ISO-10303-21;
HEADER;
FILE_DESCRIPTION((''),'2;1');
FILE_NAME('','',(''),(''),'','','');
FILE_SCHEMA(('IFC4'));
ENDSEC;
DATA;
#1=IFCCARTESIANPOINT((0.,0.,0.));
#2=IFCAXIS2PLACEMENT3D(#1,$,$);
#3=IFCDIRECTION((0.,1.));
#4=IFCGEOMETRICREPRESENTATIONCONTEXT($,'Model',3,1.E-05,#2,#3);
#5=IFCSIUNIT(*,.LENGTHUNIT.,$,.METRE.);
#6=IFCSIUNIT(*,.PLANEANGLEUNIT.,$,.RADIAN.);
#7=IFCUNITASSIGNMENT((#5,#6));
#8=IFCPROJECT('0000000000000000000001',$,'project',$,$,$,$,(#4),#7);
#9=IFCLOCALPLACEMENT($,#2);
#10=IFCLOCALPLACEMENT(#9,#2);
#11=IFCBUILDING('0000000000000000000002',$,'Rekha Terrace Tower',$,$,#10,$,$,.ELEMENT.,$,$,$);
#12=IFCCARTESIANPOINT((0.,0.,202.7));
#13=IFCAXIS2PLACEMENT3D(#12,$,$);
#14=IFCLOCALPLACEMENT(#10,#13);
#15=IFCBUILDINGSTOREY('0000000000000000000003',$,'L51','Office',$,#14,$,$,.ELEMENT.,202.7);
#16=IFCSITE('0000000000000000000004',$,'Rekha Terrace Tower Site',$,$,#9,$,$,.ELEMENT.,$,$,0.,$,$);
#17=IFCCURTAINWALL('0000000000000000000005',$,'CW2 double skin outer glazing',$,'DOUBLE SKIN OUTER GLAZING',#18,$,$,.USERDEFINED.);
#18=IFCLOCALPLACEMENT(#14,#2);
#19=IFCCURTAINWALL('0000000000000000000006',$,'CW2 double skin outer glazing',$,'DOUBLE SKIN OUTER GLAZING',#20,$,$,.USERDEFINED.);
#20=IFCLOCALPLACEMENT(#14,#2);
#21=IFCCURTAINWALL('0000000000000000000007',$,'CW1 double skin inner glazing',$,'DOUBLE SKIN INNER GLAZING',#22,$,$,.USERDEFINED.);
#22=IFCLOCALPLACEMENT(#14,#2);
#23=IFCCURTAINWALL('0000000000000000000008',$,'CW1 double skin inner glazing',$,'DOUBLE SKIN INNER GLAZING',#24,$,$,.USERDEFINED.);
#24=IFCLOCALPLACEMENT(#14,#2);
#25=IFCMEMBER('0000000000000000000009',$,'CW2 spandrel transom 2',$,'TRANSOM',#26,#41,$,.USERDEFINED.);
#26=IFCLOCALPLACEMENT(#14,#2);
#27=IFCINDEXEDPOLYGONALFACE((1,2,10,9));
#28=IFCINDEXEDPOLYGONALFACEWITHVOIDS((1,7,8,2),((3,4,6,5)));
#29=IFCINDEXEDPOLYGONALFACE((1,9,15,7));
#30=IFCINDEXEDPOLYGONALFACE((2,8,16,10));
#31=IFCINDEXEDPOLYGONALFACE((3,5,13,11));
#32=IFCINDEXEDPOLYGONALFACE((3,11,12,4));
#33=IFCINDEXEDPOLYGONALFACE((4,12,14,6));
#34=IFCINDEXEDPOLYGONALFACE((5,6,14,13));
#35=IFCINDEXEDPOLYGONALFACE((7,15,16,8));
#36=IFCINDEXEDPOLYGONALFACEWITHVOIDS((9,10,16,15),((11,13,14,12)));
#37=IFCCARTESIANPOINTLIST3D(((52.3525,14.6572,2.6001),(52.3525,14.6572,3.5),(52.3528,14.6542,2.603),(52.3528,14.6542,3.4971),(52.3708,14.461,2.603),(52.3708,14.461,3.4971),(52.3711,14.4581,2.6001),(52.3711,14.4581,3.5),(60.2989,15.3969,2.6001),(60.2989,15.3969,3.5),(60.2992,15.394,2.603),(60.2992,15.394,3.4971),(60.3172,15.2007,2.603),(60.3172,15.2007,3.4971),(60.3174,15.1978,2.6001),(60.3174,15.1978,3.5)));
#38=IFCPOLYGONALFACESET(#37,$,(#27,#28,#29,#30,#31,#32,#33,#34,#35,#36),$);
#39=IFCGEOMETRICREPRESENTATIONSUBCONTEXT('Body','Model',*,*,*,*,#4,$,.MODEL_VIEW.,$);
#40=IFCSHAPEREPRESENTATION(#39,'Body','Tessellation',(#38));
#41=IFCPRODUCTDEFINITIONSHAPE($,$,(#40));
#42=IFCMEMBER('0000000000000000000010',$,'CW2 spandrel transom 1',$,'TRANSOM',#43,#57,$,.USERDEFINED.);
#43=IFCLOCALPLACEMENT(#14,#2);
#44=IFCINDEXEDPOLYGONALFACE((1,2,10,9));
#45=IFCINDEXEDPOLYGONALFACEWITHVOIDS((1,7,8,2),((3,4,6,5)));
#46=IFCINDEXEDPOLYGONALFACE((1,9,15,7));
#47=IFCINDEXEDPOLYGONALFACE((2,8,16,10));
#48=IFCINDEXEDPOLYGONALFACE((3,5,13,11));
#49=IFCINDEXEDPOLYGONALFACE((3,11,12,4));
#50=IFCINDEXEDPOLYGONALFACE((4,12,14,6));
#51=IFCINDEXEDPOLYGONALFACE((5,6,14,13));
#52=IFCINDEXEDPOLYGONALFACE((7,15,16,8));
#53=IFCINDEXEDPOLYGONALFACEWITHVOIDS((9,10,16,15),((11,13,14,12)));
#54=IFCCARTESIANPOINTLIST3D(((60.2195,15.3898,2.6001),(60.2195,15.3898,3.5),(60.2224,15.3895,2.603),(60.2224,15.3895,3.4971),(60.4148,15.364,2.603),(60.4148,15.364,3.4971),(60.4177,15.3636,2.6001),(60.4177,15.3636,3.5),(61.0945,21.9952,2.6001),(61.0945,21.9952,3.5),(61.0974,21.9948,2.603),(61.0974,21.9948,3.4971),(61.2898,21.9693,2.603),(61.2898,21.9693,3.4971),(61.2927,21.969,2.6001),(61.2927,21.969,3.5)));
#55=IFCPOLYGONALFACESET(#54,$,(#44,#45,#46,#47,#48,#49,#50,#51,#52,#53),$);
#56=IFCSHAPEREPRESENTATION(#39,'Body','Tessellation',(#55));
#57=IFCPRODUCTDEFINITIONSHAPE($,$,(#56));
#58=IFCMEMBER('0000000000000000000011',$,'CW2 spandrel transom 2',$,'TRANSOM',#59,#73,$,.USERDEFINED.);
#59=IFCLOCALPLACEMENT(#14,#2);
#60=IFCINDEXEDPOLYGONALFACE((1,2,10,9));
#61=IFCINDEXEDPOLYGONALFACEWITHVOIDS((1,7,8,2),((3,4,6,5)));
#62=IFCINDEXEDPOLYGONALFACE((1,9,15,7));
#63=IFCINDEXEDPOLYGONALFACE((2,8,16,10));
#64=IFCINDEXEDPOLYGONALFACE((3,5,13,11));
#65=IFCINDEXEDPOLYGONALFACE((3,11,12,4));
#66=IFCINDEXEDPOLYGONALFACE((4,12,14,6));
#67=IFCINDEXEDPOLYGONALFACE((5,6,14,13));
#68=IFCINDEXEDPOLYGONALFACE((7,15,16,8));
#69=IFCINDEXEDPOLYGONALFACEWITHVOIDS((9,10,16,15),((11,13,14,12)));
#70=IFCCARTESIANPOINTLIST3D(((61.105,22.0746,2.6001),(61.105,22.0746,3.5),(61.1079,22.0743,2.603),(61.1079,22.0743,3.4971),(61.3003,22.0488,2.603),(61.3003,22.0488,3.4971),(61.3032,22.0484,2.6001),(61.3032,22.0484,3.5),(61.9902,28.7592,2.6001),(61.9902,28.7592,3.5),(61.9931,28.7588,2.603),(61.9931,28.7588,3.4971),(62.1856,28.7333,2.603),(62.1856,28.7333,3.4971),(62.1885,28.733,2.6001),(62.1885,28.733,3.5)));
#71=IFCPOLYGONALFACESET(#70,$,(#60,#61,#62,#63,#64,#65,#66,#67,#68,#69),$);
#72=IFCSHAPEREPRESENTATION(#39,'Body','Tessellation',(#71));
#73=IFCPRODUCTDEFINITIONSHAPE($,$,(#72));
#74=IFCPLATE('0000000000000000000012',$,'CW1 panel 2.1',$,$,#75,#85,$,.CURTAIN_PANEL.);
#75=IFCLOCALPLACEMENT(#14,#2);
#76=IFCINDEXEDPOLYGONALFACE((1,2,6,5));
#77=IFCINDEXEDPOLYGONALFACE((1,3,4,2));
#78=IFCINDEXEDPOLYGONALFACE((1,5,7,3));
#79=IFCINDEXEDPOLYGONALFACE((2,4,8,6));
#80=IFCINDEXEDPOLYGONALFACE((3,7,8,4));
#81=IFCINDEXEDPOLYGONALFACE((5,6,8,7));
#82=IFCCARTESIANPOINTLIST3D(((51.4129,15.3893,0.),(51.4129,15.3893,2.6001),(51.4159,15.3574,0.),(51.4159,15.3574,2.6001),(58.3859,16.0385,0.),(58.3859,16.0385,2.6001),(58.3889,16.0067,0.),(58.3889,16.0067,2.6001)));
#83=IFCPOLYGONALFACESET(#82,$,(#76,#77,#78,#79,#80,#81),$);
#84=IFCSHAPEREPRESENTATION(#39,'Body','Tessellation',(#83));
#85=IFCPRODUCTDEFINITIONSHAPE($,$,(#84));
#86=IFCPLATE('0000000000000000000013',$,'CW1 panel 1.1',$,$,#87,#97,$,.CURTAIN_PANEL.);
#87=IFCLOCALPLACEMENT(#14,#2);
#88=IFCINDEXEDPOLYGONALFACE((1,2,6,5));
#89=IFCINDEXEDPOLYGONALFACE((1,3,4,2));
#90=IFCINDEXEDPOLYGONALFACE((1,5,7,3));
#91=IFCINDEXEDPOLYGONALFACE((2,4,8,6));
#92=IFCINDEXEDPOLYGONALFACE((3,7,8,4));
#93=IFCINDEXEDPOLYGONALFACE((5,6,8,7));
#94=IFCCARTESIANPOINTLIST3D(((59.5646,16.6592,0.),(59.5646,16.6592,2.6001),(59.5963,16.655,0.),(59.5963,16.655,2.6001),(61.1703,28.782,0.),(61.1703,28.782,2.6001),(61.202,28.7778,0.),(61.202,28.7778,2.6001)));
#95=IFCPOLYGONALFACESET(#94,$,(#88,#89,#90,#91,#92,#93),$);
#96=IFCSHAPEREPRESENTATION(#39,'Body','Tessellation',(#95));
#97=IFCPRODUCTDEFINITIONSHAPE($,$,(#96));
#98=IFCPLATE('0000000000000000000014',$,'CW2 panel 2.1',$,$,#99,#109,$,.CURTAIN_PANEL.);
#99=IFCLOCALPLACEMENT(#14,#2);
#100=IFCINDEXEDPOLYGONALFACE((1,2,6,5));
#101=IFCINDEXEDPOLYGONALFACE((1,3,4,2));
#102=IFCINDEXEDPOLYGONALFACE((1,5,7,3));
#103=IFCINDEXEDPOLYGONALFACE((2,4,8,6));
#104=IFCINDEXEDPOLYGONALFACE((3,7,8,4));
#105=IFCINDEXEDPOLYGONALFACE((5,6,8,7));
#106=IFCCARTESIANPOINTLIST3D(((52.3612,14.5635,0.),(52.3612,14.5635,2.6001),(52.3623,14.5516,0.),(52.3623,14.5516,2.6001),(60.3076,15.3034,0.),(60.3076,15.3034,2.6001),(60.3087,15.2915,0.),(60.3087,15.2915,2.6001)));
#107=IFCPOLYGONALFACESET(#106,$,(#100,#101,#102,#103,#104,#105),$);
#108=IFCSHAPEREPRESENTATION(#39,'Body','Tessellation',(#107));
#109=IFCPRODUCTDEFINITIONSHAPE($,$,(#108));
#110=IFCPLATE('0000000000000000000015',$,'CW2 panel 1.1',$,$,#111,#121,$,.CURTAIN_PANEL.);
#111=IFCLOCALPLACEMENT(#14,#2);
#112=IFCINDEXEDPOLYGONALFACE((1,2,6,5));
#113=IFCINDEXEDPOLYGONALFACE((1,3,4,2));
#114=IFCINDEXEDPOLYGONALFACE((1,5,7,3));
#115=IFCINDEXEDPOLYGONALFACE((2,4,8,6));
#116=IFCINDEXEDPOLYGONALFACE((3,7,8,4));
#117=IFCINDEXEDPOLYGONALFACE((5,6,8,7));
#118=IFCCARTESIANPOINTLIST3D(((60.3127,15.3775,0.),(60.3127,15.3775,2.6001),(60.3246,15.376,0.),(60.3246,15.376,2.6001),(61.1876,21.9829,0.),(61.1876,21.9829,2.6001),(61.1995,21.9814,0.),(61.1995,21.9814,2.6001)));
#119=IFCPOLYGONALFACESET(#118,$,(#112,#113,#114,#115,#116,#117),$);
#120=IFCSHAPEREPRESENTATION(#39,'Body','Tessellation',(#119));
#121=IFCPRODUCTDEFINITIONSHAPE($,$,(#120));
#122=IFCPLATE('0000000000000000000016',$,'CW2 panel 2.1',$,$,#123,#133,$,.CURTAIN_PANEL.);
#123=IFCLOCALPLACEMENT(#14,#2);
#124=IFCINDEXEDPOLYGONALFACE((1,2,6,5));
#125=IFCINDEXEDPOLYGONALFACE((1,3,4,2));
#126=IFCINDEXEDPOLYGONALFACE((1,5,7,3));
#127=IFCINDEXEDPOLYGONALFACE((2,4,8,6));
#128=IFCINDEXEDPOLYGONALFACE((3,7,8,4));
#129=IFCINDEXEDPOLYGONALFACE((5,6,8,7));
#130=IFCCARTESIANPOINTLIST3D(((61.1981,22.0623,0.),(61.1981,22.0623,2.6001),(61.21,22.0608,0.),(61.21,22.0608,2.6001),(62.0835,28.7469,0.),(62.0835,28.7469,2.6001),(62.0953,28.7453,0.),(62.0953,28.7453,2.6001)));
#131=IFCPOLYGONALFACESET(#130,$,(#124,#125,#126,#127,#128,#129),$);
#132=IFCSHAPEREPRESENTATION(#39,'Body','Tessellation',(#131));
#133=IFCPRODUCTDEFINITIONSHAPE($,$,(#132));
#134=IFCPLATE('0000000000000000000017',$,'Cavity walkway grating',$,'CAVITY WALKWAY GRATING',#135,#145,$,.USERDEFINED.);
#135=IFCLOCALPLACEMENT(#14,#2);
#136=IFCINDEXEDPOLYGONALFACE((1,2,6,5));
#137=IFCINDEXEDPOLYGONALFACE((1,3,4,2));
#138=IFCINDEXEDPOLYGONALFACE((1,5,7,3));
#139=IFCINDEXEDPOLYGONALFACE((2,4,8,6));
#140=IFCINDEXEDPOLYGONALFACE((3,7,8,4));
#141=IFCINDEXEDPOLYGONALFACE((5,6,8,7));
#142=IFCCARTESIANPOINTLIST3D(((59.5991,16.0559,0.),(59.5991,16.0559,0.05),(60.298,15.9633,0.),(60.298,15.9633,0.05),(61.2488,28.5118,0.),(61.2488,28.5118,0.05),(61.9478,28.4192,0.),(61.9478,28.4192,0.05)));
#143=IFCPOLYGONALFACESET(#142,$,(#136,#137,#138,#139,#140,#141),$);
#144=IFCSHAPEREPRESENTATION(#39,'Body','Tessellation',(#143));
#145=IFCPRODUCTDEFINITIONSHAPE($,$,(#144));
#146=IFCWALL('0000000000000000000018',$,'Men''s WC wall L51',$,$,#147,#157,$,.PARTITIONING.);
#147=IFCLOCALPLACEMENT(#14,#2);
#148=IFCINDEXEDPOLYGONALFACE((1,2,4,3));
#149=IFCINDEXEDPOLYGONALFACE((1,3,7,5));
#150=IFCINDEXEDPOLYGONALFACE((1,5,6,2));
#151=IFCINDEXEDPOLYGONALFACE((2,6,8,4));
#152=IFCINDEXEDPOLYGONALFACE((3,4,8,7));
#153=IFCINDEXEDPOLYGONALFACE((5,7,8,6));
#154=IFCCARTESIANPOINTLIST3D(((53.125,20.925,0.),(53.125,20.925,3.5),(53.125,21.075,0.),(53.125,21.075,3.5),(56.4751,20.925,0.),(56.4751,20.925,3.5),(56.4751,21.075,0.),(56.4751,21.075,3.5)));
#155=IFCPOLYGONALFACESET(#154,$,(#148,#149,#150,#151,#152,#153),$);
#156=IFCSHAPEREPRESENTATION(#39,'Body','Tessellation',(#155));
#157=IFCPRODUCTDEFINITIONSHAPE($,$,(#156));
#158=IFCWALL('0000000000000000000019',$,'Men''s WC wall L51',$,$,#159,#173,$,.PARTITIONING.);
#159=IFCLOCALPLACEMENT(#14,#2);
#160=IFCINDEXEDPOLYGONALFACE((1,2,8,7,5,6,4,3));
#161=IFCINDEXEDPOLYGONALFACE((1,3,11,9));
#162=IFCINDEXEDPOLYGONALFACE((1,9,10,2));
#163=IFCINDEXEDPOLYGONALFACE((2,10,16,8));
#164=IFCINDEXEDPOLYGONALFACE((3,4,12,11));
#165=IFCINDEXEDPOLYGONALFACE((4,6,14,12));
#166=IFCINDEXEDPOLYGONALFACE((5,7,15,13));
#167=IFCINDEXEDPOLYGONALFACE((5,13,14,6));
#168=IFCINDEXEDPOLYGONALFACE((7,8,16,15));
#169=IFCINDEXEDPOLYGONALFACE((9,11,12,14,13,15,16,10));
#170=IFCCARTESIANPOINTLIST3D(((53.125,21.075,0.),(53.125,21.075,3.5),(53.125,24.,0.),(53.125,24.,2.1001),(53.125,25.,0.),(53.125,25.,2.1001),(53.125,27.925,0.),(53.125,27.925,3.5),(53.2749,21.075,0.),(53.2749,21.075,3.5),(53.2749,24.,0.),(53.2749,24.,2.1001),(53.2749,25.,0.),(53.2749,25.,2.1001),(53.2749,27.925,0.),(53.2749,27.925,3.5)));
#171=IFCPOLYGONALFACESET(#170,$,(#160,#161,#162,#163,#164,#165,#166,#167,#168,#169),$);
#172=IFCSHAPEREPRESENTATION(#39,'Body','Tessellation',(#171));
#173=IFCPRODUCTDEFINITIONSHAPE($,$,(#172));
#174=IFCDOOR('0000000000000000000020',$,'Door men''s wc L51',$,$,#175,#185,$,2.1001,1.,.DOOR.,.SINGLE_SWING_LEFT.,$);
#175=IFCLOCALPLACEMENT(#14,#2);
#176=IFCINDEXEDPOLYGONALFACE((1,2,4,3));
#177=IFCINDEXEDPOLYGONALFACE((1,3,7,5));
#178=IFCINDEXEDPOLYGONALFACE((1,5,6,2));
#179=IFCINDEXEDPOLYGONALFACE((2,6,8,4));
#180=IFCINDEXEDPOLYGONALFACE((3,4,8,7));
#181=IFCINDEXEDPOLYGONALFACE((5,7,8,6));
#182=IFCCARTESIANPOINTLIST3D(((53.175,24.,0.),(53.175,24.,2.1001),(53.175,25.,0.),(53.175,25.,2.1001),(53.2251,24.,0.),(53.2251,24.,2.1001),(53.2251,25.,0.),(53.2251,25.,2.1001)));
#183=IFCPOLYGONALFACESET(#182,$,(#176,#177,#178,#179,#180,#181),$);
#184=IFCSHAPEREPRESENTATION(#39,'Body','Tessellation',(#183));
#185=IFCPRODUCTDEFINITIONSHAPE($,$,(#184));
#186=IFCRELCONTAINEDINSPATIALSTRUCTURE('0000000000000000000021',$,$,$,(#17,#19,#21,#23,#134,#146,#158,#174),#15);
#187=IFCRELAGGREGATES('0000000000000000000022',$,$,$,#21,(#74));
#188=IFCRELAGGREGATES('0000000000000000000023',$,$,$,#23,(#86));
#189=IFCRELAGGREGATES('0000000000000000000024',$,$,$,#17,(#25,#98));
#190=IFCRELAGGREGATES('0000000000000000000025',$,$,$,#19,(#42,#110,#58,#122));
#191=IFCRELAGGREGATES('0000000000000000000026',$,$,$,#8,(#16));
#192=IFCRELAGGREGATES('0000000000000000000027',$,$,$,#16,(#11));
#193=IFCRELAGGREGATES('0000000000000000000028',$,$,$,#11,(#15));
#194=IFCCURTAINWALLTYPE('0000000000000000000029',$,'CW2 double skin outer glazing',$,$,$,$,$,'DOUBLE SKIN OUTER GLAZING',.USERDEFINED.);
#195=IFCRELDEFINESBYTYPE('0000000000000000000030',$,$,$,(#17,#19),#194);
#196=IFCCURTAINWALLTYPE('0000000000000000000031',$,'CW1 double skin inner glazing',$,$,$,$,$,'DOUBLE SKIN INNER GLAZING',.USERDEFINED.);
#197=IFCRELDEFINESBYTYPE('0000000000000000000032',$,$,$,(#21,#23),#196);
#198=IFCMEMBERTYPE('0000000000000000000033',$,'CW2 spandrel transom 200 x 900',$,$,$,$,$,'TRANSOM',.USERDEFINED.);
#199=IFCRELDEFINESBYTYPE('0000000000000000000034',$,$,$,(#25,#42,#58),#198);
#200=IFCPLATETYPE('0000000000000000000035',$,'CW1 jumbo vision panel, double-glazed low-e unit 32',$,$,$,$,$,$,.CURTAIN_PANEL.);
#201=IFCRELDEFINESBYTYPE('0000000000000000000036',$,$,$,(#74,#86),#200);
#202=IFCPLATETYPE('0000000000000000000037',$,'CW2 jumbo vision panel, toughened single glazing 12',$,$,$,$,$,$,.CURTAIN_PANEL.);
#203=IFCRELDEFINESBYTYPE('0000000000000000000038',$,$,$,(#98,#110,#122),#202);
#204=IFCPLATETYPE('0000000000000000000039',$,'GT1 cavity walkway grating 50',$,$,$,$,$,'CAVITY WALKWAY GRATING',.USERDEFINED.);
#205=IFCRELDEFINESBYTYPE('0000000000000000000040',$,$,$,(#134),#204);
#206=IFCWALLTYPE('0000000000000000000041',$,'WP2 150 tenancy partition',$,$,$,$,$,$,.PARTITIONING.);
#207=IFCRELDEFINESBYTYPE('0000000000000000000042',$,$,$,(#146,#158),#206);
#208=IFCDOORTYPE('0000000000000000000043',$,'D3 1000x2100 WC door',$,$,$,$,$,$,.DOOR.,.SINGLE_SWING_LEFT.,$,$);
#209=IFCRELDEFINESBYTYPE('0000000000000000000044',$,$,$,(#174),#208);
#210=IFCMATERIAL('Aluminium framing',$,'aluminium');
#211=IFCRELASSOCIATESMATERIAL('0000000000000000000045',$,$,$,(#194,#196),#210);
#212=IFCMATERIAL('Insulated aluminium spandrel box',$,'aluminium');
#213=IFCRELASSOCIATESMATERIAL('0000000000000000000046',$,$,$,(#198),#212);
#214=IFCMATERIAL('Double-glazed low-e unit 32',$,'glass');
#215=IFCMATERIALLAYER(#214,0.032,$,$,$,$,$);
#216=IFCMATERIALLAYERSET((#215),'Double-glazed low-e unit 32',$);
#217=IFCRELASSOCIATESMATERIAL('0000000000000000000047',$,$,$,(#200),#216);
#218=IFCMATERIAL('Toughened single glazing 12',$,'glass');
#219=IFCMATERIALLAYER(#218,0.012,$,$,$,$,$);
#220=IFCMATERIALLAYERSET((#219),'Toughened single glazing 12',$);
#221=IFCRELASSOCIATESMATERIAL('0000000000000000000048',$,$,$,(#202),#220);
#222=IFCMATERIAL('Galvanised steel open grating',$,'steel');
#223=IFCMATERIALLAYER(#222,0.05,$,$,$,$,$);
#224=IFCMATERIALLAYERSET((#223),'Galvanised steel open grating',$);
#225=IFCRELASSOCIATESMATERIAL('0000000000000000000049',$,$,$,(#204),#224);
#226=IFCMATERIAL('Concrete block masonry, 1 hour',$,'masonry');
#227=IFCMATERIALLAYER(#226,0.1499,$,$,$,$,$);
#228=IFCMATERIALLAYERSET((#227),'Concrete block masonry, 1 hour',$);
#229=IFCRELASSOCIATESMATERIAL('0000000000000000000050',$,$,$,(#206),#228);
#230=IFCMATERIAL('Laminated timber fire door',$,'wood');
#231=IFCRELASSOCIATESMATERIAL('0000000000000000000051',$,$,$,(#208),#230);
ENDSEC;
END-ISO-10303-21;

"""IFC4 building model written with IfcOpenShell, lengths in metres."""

from ifc_helpers import new_model, si_unit, direction, frame, frame_2d, origin, origin_2d, place, context, subcontext, project, spatial, rectangle, hollow_rectangle, extrude, material, layer, layer_set, material_profile, profile_set, type_object, element, fill, aggregate, save


model = new_model("IFC4")

# Units and contexts
model_context = context("Model", 3, precision=1e-05, world=origin(), true_north=direction((0.0, 1.0)))
body_context = subcontext(model_context, "Body", "Model", "MODEL_VIEW")
ifc_project = project(units=[si_unit("LENGTHUNIT", "METRE"), si_unit("PLANEANGLEUNIT", "RADIAN")], contexts=[model_context])

# Site, building, storey
site_placement = place(None, origin())
site = spatial("IfcSite", under=ifc_project, at=site_placement, Name="Rekha Terrace Tower Site", CompositionType="ELEMENT", RefElevation=0.0)
building_placement = place(site_placement, origin())
building = spatial("IfcBuilding", under=site, at=building_placement, Name="Rekha Terrace Tower", CompositionType="ELEMENT")
storey_placement = place(building_placement, frame((0.0, 0.0, 202.7)))
storey = spatial("IfcBuildingStorey", under=building, at=storey_placement, Name="L51", Description="Office", CompositionType="ELEMENT", Elevation=202.7)

# Curtain walls
ifc_material_1 = material(Name="Aluminium framing", Category="aluminium")
curtain_wall_type_1 = type_object("IfcCurtainWallType", Name="CW2 double skin outer glazing", ElementType="DOUBLE SKIN OUTER GLAZING", PredefinedType="USERDEFINED", material=ifc_material_1)
curtain_wall_1_placement = place(storey_placement, origin())
curtain_wall_1 = element("IfcCurtainWall", 1, at=curtain_wall_1_placement, inside=storey, type_object=curtain_wall_type_1, Name="CW2 double skin outer glazing", ObjectType="DOUBLE SKIN OUTER GLAZING", PredefinedType="USERDEFINED")
curtain_wall_2_placement = place(storey_placement, origin())
curtain_wall_2 = element("IfcCurtainWall", 2, at=curtain_wall_2_placement, inside=storey, type_object=curtain_wall_type_1, Name="CW2 double skin outer glazing", ObjectType="DOUBLE SKIN OUTER GLAZING", PredefinedType="USERDEFINED")
curtain_wall_type_2 = type_object("IfcCurtainWallType", Name="CW1 double skin inner glazing", ElementType="DOUBLE SKIN INNER GLAZING", PredefinedType="USERDEFINED", material=ifc_material_1)
curtain_wall_3_placement = place(storey_placement, origin())
curtain_wall_3 = element("IfcCurtainWall", 3, at=curtain_wall_3_placement, inside=storey, type_object=curtain_wall_type_2, Name="CW1 double skin inner glazing", ObjectType="DOUBLE SKIN INNER GLAZING", PredefinedType="USERDEFINED")

# Curtain wall
curtain_wall_4_placement = place(storey_placement, origin())
curtain_wall_4 = element("IfcCurtainWall", 4, at=curtain_wall_4_placement, inside=storey, type_object=curtain_wall_type_2, Name="CW1 double skin inner glazing", ObjectType="DOUBLE SKIN INNER GLAZING", PredefinedType="USERDEFINED")
ifc_material_2 = material(Name="Insulated aluminium spandrel box", Category="aluminium")

# Members
ifc_material_profile_1 = material_profile(ifc_material_2, hollow_rectangle(XDim=0.2, YDim=0.8999, WallThickness=0.0029, at=origin_2d()), Name="AL SPANDREL BOX 200x900")
ifc_profile_set_1 = profile_set([ifc_material_profile_1], Name="Insulated aluminium spandrel box")
member_type_1 = type_object("IfcMemberType", Name="CW2 spandrel transom 200 x 900", ElementType="TRANSOM", PredefinedType="USERDEFINED", material=ifc_profile_set_1)
member_1_placement = place(storey_placement, frame((52.3618, 14.5576, 3.05), z_axis=(0.995695, 0.092692, 0.0), x_axis=(-0.092692, 0.995695, 0.0)))
member_1 = element("IfcMember", 5, at=member_1_placement, type_object=member_type_1, Name="CW2 spandrel transom 2", ObjectType="TRANSOM", PredefinedType="USERDEFINED", context=body_context, shape_type="SweptSolid", body=[
    extrude(hollow_rectangle(XDim=0.2, YDim=0.8999, WallThickness=0.0029, at=origin_2d()), origin(), (0.0, 0.0, 1.0), 7.9807),
])
member_2_placement = place(storey_placement, frame((60.3186, 15.3767, 3.05), z_axis=(0.131319, 0.99134, 0.0), x_axis=(-0.99134, 0.131319, 0.0)))
member_2 = element("IfcMember", 6, at=member_2_placement, type_object=member_type_1, Name="CW2 spandrel transom 1", ObjectType="TRANSOM", PredefinedType="USERDEFINED", context=body_context, shape_type="SweptSolid", body=[
    extrude(hollow_rectangle(XDim=0.2, YDim=0.8999, WallThickness=0.0029, at=origin_2d()), origin(), (0.0, 0.0, 1.0), 6.6631),
])
member_3_placement = place(storey_placement, frame((61.2041, 22.0615, 3.05), z_axis=(0.131286, 0.991345, 0.0), x_axis=(-0.991345, 0.131286, 0.0)))
member_3 = element("IfcMember", 7, at=member_3_placement, type_object=member_type_1, Name="CW2 spandrel transom 2", ObjectType="TRANSOM", PredefinedType="USERDEFINED", context=body_context, shape_type="SweptSolid", body=[
    extrude(hollow_rectangle(XDim=0.2, YDim=0.8999, WallThickness=0.0029, at=origin_2d()), origin(), (0.0, 0.0, 1.0), 6.7429),
])

# Plates
ifc_material_3 = material(Name="Double-glazed low-e unit 32", Category="glass")
ifc_layer_1 = layer(ifc_material_3, 0.032)
ifc_layer_set_1 = layer_set([ifc_layer_1], Name="Double-glazed low-e unit 32")
plate_type_1 = type_object("IfcPlateType", Name="CW1 jumbo vision panel, double-glazed low-e unit 32", PredefinedType="CURTAIN_PANEL", material=ifc_layer_set_1)
plate_1_placement = place(storey_placement, frame((54.9009, 15.698, 0.0), z_axis=(0.0, 0.0, 1.0), x_axis=(0.995693, 0.092709, 0.0)))
plate_1 = element("IfcPlate", 8, at=plate_1_placement, type_object=plate_type_1, Name="CW1 panel 2.1", PredefinedType="CURTAIN_PANEL", context=body_context, shape_type="SweptSolid", body=[
    extrude(rectangle(XDim=7.0032, YDim=0.032, at=origin_2d()), origin(), (0.0, 0.0, 1.0), 2.6001),
])
aggregate(curtain_wall_3, [plate_1])
plate_2_placement = place(storey_placement, frame((60.3833, 22.7185, 0.0), z_axis=(0.0, 0.0, 1.0), x_axis=(0.131304, 0.991342, 0.0)))
plate_2 = element("IfcPlate", 9, at=plate_2_placement, type_object=plate_type_1, Name="CW1 panel 1.1", PredefinedType="CURTAIN_PANEL", context=body_context, shape_type="SweptSolid", body=[
    extrude(rectangle(XDim=12.2288, YDim=0.032, at=origin_2d()), origin(), (0.0, 0.0, 1.0), 2.6001),
])
aggregate(curtain_wall_4, [plate_2])
ifc_material_4 = material(Name="Toughened single glazing 12", Category="glass")
ifc_layer_2 = layer(ifc_material_4, 0.012)
ifc_layer_set_2 = layer_set([ifc_layer_2], Name="Toughened single glazing 12")
plate_type_2 = type_object("IfcPlateType", Name="CW2 jumbo vision panel, toughened single glazing 12", PredefinedType="CURTAIN_PANEL", material=ifc_layer_set_2)
plate_3_placement = place(storey_placement, frame((56.335, 14.9275, 0.0), z_axis=(0.0, 0.0, 1.0), x_axis=(0.995693, 0.092709, 0.0)))
plate_3 = element("IfcPlate", 10, at=plate_3_placement, type_object=plate_type_2, Name="CW2 panel 2.1", PredefinedType="CURTAIN_PANEL", context=body_context, shape_type="SweptSolid", body=[
    extrude(rectangle(XDim=7.9807, YDim=0.012, at=origin_2d()), origin(), (0.0, 0.0, 1.0), 2.6001),
])
aggregate(curtain_wall_1, [member_1, plate_3])
plate_4_placement = place(storey_placement, frame((60.7561, 18.6794, 0.0), z_axis=(0.0, 0.0, 1.0), x_axis=(0.131304, 0.991342, 0.0)))
plate_4 = element("IfcPlate", 11, at=plate_4_placement, type_object=plate_type_2, Name="CW2 panel 1.1", PredefinedType="CURTAIN_PANEL", context=body_context, shape_type="SweptSolid", body=[
    extrude(rectangle(XDim=6.6631, YDim=0.012, at=origin_2d()), origin(), (0.0, 0.0, 1.0), 2.6001),
])
plate_5_placement = place(storey_placement, frame((61.6467, 25.4038, 0.0), z_axis=(0.0, 0.0, 1.0), x_axis=(0.131304, 0.991342, 0.0)))
plate_5 = element("IfcPlate", 12, at=plate_5_placement, type_object=plate_type_2, Name="CW2 panel 2.1", PredefinedType="CURTAIN_PANEL", context=body_context, shape_type="SweptSolid", body=[
    extrude(rectangle(XDim=6.7429, YDim=0.012, at=origin_2d()), origin(), (0.0, 0.0, 1.0), 2.6001),
])
aggregate(curtain_wall_2, [member_2, plate_4, member_3, plate_5])
ifc_material_5 = material(Name="Galvanised steel open grating", Category="steel")
ifc_layer_3 = layer(ifc_material_5, 0.05)
ifc_layer_set_3 = layer_set([ifc_layer_3], Name="Galvanised steel open grating")
plate_type_3 = type_object("IfcPlateType", Name="GT1 cavity walkway grating 50", ElementType="CAVITY WALKWAY GRATING", PredefinedType="USERDEFINED", material=ifc_layer_set_3)
plate_6_placement = place(storey_placement, frame((60.7734, 22.2375, 0.0), z_axis=(0.0, 0.0, 1.0), x_axis=(0.131304, 0.991342, 0.0)))
element("IfcPlate", 13, at=plate_6_placement, inside=storey, type_object=plate_type_3, Name="Cavity walkway grating", ObjectType="CAVITY WALKWAY GRATING", PredefinedType="USERDEFINED", context=body_context, shape_type="SweptSolid", body=[
    extrude(rectangle(XDim=12.5647, YDim=0.7051, at=origin_2d()), origin(), (0.0, 0.0, 1.0), 0.05),
])

# Wall
ifc_material_6 = material(Name="Concrete block masonry, 1 hour", Category="masonry")
ifc_layer_4 = layer(ifc_material_6, 0.1499)
ifc_layer_set_4 = layer_set([ifc_layer_4], Name="Concrete block masonry, 1 hour")
wall_type_1 = type_object("IfcWallType", Name="WP2 150 tenancy partition", PredefinedType="PARTITIONING", material=ifc_layer_set_4)
wall_1_placement = place(storey_placement, frame((53.125, 21.0, 0.0), z_axis=(0.0, 0.0, 1.0), x_axis=(1.0, 0.0, 0.0)))
element("IfcWall", 14, at=wall_1_placement, inside=storey, type_object=wall_type_1, Name="Men's WC wall L51", PredefinedType="PARTITIONING", context=body_context, shape_type="SweptSolid", body=[
    extrude(rectangle(XDim=3.3501, YDim=0.1499, at=frame_2d((1.675, 0.0))), origin(), (0.0, 0.0, 1.0), 3.5),
])

# Wall, opening, door
wall_2_placement = place(storey_placement, frame((53.2, 21.075, 0.0), z_axis=(0.0, 0.0, 1.0), x_axis=(0.0, 1.0, 0.0)))
wall_2 = element("IfcWall", 15, at=wall_2_placement, inside=storey, type_object=wall_type_1, Name="Men's WC wall L51", PredefinedType="PARTITIONING", context=body_context, shape_type="SweptSolid", body=[
    extrude(rectangle(XDim=6.8501, YDim=0.1499, at=frame_2d((3.425, 0.0))), origin(), (0.0, 0.0, 1.0), 3.5),
])
opening_placement = place(wall_2_placement, frame((2.925, 0.0, 0.0)))
opening = element("IfcOpeningElement", 16, at=opening_placement, cuts=wall_2, PredefinedType="OPENING", context=body_context, shape_type="SweptSolid", body=[
    extrude(rectangle(XDim=1.0, YDim=2.1001, at=frame_2d((0.5, 1.05))), frame((0.0, 0.085, 0.0), z_axis=(0.0, -1.0, 0.0), x_axis=(1.0, 0.0, 0.0)), (0.0, 0.0, 1.0), 0.1699),
])
ifc_material_7 = material(Name="Laminated timber fire door", Category="wood")
door_type = type_object("IfcDoorType", Name="D3 1000x2100 WC door", OperationType="SINGLE_SWING_LEFT", PredefinedType="DOOR", material=ifc_material_7)
door_placement = place(opening_placement, origin())
door = element("IfcDoor", 17, at=door_placement, inside=storey, type_object=door_type, Name="Door men's wc L51", OperationType="SINGLE_SWING_LEFT", OverallHeight=2.1001, OverallWidth=1.0, PredefinedType="DOOR", context=body_context, shape_type="SweptSolid", body=[
    extrude(rectangle(XDim=1.0, YDim=2.1001, at=frame_2d((0.5, 1.05))), frame((0.0, 0.0249, 0.0), z_axis=(0.0, -1.0, 0.0), x_axis=(1.0, 0.0, 0.0)), (0.0, 0.0, 1.0), 0.05),
])
fill(opening, door)

save(model, "model.ifc")
